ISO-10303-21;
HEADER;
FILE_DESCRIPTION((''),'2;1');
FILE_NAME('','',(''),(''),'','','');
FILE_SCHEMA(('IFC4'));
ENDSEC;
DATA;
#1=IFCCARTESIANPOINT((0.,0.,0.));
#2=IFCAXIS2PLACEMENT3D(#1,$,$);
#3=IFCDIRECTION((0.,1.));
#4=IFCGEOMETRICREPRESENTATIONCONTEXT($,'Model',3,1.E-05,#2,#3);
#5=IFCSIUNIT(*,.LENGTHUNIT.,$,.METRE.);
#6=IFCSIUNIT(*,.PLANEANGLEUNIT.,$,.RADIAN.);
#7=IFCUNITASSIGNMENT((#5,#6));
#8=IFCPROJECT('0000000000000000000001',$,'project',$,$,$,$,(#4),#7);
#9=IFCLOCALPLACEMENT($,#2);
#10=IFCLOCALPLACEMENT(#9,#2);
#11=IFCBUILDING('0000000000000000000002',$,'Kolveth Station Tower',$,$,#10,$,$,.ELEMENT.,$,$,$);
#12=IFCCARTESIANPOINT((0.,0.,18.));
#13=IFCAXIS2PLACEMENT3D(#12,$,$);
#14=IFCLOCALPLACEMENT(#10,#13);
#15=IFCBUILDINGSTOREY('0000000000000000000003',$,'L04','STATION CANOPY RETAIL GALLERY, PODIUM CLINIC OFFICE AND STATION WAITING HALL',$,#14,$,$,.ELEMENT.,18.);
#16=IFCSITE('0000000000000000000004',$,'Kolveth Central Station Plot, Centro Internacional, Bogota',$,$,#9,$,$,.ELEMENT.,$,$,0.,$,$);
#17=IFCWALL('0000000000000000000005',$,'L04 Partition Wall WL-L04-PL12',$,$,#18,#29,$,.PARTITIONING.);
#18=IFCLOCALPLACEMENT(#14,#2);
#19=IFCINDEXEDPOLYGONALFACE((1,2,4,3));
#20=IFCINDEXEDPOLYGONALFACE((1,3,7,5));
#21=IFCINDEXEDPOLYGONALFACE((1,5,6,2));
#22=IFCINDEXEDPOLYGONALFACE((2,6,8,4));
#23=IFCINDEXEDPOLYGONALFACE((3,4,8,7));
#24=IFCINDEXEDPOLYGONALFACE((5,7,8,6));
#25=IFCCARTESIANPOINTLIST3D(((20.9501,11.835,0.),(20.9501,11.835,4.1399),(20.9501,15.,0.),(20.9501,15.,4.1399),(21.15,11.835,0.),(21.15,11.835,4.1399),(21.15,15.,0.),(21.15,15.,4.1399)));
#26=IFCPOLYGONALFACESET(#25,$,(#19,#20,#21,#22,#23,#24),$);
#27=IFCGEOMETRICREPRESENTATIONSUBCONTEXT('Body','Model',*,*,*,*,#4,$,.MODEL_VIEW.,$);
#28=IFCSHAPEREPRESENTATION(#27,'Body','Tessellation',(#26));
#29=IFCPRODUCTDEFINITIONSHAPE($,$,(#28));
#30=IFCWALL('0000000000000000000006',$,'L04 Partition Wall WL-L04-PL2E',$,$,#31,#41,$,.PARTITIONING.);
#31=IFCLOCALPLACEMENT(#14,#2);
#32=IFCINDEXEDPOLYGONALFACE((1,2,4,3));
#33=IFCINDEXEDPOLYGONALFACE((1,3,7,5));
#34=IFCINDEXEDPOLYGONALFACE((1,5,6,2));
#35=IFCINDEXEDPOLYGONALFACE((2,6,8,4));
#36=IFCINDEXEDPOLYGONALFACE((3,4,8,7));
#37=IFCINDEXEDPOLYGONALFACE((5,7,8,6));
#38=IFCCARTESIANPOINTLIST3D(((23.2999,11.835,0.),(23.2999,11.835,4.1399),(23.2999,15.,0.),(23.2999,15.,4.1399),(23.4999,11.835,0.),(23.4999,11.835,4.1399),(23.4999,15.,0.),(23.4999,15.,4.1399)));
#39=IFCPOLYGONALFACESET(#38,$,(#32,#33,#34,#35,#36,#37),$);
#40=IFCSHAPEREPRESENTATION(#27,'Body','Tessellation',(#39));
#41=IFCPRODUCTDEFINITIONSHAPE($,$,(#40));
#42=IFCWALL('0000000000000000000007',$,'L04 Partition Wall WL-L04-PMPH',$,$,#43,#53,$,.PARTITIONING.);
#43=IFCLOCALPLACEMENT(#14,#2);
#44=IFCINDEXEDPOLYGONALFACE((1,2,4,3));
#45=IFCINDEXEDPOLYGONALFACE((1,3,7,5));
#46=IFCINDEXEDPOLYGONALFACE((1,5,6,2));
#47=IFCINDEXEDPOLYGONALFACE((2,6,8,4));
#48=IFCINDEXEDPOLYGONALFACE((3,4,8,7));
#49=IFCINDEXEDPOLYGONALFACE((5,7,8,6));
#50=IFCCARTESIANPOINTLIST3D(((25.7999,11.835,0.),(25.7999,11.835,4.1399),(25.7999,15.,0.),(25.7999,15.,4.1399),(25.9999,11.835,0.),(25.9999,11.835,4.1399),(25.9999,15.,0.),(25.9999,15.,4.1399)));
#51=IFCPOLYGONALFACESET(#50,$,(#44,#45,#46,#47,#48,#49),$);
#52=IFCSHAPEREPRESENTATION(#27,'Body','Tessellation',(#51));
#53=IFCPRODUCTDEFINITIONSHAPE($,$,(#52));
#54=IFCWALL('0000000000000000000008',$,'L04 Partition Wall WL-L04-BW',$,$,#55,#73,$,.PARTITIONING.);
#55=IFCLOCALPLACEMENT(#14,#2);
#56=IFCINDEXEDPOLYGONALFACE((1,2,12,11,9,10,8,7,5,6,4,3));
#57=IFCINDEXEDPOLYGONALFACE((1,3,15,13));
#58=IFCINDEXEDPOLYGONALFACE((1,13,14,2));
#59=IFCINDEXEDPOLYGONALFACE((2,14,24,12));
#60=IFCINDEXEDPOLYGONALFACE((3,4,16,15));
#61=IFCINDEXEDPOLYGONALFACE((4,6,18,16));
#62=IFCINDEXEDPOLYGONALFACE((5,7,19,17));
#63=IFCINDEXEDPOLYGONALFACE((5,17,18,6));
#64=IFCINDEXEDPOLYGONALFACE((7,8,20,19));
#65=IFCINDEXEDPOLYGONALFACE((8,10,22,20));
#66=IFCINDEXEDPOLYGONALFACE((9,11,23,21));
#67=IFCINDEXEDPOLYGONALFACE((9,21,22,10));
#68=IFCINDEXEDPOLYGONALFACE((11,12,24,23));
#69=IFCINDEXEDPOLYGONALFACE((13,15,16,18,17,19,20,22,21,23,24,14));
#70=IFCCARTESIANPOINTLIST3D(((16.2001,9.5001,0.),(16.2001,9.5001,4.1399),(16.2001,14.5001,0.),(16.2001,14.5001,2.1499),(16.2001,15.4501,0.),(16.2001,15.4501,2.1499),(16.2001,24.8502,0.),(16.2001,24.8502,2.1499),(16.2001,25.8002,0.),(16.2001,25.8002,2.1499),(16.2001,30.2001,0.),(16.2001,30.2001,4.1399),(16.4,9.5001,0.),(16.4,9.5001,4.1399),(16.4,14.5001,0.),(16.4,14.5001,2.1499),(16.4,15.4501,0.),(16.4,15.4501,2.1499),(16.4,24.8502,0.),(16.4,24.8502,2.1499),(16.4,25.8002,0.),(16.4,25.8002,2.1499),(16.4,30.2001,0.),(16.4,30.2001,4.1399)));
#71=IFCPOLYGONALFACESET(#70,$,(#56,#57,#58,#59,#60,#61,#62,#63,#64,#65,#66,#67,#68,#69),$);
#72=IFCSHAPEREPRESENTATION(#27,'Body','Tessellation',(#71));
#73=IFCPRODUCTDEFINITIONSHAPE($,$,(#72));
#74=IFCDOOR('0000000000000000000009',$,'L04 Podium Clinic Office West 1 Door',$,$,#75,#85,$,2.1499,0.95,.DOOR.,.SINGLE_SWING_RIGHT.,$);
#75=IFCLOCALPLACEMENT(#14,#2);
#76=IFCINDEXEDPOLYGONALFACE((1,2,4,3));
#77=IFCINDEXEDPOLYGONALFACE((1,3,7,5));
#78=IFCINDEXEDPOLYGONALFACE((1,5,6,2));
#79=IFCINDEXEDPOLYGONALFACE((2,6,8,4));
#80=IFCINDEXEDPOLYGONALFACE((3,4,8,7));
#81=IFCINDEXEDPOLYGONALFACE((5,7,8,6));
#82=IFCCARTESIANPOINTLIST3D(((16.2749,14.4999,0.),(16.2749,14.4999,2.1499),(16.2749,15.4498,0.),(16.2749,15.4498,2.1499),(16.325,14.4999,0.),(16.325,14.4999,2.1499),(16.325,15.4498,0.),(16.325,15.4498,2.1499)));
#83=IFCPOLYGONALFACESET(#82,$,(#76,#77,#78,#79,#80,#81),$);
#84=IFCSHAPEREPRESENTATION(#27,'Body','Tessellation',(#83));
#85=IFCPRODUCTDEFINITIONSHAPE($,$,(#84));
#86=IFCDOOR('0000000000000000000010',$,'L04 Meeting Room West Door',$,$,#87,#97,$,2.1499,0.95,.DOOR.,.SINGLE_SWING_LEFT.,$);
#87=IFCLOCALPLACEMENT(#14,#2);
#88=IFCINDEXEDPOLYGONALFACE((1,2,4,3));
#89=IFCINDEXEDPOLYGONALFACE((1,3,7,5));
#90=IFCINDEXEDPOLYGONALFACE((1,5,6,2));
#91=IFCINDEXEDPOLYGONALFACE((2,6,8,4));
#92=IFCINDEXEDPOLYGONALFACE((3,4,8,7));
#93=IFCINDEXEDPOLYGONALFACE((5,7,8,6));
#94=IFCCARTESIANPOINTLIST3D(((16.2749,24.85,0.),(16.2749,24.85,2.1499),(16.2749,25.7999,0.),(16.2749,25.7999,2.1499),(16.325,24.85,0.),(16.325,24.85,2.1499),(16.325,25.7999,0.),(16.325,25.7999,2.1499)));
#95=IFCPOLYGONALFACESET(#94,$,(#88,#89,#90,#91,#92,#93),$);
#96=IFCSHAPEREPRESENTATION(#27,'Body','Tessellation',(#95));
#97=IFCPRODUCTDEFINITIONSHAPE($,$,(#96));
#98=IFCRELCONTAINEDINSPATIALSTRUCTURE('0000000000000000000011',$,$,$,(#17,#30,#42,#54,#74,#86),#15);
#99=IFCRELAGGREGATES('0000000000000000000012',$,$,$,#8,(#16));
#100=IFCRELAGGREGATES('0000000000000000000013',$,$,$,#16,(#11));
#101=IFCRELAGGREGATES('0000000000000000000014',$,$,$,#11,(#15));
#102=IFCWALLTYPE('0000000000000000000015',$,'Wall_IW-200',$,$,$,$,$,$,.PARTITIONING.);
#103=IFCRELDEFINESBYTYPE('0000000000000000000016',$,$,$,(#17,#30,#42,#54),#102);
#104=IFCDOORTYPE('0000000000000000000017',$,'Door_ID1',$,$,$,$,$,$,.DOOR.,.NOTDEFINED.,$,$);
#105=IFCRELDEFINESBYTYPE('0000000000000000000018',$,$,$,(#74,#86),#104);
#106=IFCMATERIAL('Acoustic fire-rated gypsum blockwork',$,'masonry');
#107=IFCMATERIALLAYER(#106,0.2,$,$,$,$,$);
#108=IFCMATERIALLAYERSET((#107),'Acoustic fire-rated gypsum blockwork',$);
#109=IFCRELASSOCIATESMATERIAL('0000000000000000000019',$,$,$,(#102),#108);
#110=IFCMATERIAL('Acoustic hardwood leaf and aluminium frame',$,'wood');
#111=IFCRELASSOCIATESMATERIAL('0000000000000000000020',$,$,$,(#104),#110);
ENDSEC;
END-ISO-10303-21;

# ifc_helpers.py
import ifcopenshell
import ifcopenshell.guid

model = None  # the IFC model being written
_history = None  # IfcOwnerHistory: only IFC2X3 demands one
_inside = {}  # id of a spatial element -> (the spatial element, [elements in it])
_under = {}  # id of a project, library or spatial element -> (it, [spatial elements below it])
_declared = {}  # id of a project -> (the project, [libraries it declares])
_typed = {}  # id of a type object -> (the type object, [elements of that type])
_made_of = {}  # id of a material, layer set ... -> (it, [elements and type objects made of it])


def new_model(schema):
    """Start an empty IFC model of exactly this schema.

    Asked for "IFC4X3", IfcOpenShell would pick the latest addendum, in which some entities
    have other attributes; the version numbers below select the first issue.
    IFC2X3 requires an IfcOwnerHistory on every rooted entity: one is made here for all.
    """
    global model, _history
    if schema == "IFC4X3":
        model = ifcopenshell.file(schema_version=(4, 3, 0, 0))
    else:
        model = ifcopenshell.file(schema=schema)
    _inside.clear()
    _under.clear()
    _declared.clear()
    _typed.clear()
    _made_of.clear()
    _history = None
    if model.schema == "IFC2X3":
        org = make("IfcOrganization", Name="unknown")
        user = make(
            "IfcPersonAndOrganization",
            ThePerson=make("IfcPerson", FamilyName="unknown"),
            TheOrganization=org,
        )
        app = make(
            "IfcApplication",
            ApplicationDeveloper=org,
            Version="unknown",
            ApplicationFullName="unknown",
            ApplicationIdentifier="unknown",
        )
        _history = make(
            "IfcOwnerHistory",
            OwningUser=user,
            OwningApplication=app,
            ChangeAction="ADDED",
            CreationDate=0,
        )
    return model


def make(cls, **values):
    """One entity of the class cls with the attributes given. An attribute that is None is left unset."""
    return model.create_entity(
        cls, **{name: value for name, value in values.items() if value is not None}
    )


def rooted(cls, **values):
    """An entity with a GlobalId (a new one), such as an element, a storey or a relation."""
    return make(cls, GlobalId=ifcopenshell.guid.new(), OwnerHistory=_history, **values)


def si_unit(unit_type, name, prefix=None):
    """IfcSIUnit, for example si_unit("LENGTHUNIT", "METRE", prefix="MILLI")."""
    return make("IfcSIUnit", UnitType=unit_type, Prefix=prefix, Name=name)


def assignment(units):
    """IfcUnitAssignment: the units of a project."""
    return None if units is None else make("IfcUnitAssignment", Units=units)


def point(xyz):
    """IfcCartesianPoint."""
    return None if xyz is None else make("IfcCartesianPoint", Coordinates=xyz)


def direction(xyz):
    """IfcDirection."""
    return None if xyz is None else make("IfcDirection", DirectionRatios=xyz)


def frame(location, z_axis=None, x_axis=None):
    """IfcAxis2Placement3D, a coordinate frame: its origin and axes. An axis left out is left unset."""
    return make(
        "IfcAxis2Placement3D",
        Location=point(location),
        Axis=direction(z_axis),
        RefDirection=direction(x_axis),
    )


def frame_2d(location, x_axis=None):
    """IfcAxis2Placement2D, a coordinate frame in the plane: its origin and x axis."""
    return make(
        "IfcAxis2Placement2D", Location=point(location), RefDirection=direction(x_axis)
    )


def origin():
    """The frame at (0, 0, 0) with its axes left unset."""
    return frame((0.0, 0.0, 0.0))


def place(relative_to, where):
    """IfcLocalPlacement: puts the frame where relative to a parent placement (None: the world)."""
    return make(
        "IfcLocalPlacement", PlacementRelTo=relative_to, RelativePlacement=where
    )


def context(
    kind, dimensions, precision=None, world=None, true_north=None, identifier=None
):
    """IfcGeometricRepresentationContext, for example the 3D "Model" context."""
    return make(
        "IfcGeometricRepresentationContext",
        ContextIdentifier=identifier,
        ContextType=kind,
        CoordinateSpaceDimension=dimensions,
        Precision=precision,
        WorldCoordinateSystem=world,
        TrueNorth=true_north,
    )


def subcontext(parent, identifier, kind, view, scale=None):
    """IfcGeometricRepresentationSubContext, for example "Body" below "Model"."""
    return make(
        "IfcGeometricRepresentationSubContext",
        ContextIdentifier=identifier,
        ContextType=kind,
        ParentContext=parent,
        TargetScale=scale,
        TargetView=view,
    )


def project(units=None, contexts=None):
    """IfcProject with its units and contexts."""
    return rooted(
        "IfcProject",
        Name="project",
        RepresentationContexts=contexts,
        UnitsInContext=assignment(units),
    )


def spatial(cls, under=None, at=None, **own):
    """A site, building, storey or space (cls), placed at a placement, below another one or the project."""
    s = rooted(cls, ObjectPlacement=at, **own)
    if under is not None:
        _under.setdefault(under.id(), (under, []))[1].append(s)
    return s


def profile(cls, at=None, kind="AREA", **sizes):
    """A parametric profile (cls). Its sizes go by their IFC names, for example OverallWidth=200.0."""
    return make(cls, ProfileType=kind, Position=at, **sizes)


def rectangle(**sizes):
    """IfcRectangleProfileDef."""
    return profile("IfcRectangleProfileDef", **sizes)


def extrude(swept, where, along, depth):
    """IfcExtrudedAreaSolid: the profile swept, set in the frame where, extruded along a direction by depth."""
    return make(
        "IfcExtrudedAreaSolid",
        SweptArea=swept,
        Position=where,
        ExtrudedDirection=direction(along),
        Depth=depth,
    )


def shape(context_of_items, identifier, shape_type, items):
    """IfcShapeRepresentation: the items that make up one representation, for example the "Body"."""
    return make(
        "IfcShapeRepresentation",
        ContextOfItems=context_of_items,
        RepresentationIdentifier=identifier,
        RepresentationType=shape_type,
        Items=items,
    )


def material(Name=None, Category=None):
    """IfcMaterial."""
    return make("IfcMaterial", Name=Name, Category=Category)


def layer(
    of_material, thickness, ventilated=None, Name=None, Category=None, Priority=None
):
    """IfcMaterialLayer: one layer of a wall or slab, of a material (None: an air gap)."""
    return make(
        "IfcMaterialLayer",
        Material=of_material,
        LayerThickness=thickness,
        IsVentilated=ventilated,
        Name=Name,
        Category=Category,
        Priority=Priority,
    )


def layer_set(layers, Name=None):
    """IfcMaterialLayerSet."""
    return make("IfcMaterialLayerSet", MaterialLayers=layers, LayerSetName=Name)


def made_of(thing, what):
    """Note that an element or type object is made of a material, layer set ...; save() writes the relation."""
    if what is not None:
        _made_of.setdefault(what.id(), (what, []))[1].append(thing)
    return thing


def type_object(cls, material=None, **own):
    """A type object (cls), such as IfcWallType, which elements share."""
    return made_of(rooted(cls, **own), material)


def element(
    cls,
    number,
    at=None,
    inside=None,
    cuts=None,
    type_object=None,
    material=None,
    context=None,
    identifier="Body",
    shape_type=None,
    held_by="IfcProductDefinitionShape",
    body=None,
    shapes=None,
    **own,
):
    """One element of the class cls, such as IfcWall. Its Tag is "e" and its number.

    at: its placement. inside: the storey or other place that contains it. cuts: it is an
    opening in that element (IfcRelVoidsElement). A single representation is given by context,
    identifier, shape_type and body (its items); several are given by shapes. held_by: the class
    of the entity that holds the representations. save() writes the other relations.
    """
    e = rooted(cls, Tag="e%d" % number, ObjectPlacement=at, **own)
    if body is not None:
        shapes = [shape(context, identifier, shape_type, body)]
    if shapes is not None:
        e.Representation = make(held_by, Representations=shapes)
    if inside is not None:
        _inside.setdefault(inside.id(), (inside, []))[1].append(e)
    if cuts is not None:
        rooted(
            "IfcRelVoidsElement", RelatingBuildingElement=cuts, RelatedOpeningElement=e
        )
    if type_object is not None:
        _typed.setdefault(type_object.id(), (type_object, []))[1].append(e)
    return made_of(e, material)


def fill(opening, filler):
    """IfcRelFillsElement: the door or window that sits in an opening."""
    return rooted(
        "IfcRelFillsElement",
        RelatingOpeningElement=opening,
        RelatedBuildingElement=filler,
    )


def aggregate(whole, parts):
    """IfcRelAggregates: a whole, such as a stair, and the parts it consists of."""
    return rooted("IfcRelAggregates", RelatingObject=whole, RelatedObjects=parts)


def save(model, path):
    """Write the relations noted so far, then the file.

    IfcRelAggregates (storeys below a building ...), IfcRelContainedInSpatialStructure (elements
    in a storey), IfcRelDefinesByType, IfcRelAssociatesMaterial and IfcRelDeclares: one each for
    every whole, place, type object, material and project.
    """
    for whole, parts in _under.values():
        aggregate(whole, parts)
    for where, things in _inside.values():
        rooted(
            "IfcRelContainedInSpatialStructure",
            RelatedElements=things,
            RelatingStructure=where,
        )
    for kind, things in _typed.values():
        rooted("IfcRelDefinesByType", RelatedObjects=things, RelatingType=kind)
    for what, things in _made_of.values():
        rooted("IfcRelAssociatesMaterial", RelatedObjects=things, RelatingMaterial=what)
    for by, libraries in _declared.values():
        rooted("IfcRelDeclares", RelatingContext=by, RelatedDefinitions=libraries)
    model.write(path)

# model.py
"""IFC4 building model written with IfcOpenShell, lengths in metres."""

from ifc_helpers import new_model, si_unit, direction, frame, frame_2d, origin, place, context, subcontext, project, spatial, rectangle, extrude, material, layer, layer_set, type_object, element, fill, save


model = new_model("IFC4")

# Units and contexts
model_context = context("Model", 3, precision=1e-05, world=origin(), true_north=direction((0.0, 1.0)))
body_context = subcontext(model_context, "Body", "Model", "MODEL_VIEW")
ifc_project = project(units=[si_unit("LENGTHUNIT", "METRE"), si_unit("PLANEANGLEUNIT", "RADIAN")], contexts=[model_context])

# Site, building, storey
site_placement = place(None, origin())
site = spatial("IfcSite", under=ifc_project, at=site_placement, Name="Kolveth Central Station Plot, Centro Internacional, Bogota", CompositionType="ELEMENT", RefElevation=0.0)
building_placement = place(site_placement, origin())
building = spatial("IfcBuilding", under=site, at=building_placement, Name="Kolveth Station Tower", CompositionType="ELEMENT")
storey_placement = place(building_placement, frame((0.0, 0.0, 18.0)))
storey = spatial("IfcBuildingStorey", under=building, at=storey_placement, Name="L04", Description="STATION CANOPY RETAIL GALLERY, PODIUM CLINIC OFFICE AND STATION WAITING HALL", CompositionType="ELEMENT", Elevation=18.0)

# Walls
ifc_material_1 = material(Name="Acoustic fire-rated gypsum blockwork", Category="masonry")
ifc_layer_1 = layer(ifc_material_1, 0.2)
ifc_layer_set_1 = layer_set([ifc_layer_1], Name="Acoustic fire-rated gypsum blockwork")
wall_type_1 = type_object("IfcWallType", Name="Wall_IW-200", PredefinedType="PARTITIONING", material=ifc_layer_set_1)
for number, where, z_axis, x_axis, name in (
    (1, (21.05, 11.835, 0.0), (0.0, 0.0, 1.0), (0.0, 1.0, 0.0), "L04 Partition Wall WL-L04-PL12"),
    (2, (23.3999, 11.835, 0.0), (0.0, 0.0, 1.0), (0.0, 1.0, 0.0), "L04 Partition Wall WL-L04-PL2E"),
    (3, (25.8999, 11.835, 0.0), (0.0, 0.0, 1.0), (0.0, 1.0, 0.0), "L04 Partition Wall WL-L04-PMPH"),
):
    element("IfcWall", number, at=place(storey_placement, frame(where, z_axis=z_axis, x_axis=x_axis)), inside=storey, type_object=wall_type_1, Name=name, PredefinedType="PARTITIONING", context=body_context, shape_type="SweptSolid", body=[
        extrude(rectangle(XDim=3.165, YDim=0.2, at=frame_2d((1.5825, 0.0))), origin(), (0.0, 0.0, 1.0), 4.1399),
    ])

# Wall, openings, doors
wall_1_placement = place(storey_placement, frame((16.3, 9.5, 0.0), z_axis=(0.0, 0.0, 1.0), x_axis=(0.0, 1.0, 0.0)))
wall_1 = element("IfcWall", 4, at=wall_1_placement, inside=storey, type_object=wall_type_1, Name="L04 Partition Wall WL-L04-BW", PredefinedType="PARTITIONING", context=body_context, shape_type="SweptSolid", body=[
    extrude(rectangle(XDim=20.7, YDim=0.2, at=frame_2d((10.3501, 0.0))), origin(), (0.0, 0.0, 1.0), 4.1399),
])
opening_1_placement = place(wall_1_placement, frame((5.0, 0.0, 0.0)))
opening_1 = element("IfcOpeningElement", 5, at=opening_1_placement, cuts=wall_1, PredefinedType="OPENING", context=body_context, shape_type="SweptSolid", body=[
    extrude(rectangle(XDim=0.95, YDim=2.1499, at=frame_2d((0.4751, 1.075))), frame((0.0, 0.1099, 0.0), z_axis=(0.0, -1.0, 0.0), x_axis=(1.0, 0.0, 0.0)), (0.0, 0.0, 1.0), 0.22),
])
opening_2_placement = place(wall_1_placement, frame((15.3501, 0.0, 0.0)))
opening_2 = element("IfcOpeningElement", 6, at=opening_2_placement, cuts=wall_1, PredefinedType="OPENING", context=body_context, shape_type="SweptSolid", body=[
    extrude(rectangle(XDim=0.95, YDim=2.1499, at=frame_2d((0.4751, 1.075))), frame((0.0, 0.1099, 0.0), z_axis=(0.0, -1.0, 0.0), x_axis=(1.0, 0.0, 0.0)), (0.0, 0.0, 1.0), 0.22),
])
ifc_material_2 = material(Name="Acoustic hardwood leaf and aluminium frame", Category="wood")
door_type_1 = type_object("IfcDoorType", Name="Door_ID1", OperationType="NOTDEFINED", PredefinedType="DOOR", material=ifc_material_2)
door_1_placement = place(opening_1_placement, frame((0.95, 0.0, 0.0), z_axis=(0.0, 0.0, 1.0), x_axis=(-1.0, 0.0, 0.0)))
door_1 = element("IfcDoor", 7, at=door_1_placement, inside=storey, type_object=door_type_1, Name="L04 Podium Clinic Office West 1 Door", OperationType="SINGLE_SWING_RIGHT", OverallHeight=2.1499, OverallWidth=0.95, PredefinedType="DOOR", context=body_context, shape_type="SweptSolid", body=[
    extrude(rectangle(XDim=0.95, YDim=2.1499, at=frame_2d((0.4751, 1.075))), frame((0.0, 0.0249, 0.0), z_axis=(0.0, -1.0, 0.0), x_axis=(1.0, 0.0, 0.0)), (0.0, 0.0, 1.0), 0.05),
])
fill(opening_1, door_1)
door_2_placement = place(opening_2_placement, frame((0.95, 0.0, 0.0), z_axis=(0.0, 0.0, 1.0), x_axis=(-1.0, 0.0, 0.0)))
door_2 = element("IfcDoor", 8, at=door_2_placement, inside=storey, type_object=door_type_1, Name="L04 Meeting Room West Door", OperationType="SINGLE_SWING_LEFT", OverallHeight=2.1499, OverallWidth=0.95, PredefinedType="DOOR", context=body_context, shape_type="SweptSolid", body=[
    extrude(rectangle(XDim=0.95, YDim=2.1499, at=frame_2d((0.4751, 1.075))), frame((0.0, 0.0249, 0.0), z_axis=(0.0, -1.0, 0.0), x_axis=(1.0, 0.0, 0.0)), (0.0, 0.0, 1.0), 0.05),
])
fill(opening_2, door_2)

save(model, "model.ifc")
